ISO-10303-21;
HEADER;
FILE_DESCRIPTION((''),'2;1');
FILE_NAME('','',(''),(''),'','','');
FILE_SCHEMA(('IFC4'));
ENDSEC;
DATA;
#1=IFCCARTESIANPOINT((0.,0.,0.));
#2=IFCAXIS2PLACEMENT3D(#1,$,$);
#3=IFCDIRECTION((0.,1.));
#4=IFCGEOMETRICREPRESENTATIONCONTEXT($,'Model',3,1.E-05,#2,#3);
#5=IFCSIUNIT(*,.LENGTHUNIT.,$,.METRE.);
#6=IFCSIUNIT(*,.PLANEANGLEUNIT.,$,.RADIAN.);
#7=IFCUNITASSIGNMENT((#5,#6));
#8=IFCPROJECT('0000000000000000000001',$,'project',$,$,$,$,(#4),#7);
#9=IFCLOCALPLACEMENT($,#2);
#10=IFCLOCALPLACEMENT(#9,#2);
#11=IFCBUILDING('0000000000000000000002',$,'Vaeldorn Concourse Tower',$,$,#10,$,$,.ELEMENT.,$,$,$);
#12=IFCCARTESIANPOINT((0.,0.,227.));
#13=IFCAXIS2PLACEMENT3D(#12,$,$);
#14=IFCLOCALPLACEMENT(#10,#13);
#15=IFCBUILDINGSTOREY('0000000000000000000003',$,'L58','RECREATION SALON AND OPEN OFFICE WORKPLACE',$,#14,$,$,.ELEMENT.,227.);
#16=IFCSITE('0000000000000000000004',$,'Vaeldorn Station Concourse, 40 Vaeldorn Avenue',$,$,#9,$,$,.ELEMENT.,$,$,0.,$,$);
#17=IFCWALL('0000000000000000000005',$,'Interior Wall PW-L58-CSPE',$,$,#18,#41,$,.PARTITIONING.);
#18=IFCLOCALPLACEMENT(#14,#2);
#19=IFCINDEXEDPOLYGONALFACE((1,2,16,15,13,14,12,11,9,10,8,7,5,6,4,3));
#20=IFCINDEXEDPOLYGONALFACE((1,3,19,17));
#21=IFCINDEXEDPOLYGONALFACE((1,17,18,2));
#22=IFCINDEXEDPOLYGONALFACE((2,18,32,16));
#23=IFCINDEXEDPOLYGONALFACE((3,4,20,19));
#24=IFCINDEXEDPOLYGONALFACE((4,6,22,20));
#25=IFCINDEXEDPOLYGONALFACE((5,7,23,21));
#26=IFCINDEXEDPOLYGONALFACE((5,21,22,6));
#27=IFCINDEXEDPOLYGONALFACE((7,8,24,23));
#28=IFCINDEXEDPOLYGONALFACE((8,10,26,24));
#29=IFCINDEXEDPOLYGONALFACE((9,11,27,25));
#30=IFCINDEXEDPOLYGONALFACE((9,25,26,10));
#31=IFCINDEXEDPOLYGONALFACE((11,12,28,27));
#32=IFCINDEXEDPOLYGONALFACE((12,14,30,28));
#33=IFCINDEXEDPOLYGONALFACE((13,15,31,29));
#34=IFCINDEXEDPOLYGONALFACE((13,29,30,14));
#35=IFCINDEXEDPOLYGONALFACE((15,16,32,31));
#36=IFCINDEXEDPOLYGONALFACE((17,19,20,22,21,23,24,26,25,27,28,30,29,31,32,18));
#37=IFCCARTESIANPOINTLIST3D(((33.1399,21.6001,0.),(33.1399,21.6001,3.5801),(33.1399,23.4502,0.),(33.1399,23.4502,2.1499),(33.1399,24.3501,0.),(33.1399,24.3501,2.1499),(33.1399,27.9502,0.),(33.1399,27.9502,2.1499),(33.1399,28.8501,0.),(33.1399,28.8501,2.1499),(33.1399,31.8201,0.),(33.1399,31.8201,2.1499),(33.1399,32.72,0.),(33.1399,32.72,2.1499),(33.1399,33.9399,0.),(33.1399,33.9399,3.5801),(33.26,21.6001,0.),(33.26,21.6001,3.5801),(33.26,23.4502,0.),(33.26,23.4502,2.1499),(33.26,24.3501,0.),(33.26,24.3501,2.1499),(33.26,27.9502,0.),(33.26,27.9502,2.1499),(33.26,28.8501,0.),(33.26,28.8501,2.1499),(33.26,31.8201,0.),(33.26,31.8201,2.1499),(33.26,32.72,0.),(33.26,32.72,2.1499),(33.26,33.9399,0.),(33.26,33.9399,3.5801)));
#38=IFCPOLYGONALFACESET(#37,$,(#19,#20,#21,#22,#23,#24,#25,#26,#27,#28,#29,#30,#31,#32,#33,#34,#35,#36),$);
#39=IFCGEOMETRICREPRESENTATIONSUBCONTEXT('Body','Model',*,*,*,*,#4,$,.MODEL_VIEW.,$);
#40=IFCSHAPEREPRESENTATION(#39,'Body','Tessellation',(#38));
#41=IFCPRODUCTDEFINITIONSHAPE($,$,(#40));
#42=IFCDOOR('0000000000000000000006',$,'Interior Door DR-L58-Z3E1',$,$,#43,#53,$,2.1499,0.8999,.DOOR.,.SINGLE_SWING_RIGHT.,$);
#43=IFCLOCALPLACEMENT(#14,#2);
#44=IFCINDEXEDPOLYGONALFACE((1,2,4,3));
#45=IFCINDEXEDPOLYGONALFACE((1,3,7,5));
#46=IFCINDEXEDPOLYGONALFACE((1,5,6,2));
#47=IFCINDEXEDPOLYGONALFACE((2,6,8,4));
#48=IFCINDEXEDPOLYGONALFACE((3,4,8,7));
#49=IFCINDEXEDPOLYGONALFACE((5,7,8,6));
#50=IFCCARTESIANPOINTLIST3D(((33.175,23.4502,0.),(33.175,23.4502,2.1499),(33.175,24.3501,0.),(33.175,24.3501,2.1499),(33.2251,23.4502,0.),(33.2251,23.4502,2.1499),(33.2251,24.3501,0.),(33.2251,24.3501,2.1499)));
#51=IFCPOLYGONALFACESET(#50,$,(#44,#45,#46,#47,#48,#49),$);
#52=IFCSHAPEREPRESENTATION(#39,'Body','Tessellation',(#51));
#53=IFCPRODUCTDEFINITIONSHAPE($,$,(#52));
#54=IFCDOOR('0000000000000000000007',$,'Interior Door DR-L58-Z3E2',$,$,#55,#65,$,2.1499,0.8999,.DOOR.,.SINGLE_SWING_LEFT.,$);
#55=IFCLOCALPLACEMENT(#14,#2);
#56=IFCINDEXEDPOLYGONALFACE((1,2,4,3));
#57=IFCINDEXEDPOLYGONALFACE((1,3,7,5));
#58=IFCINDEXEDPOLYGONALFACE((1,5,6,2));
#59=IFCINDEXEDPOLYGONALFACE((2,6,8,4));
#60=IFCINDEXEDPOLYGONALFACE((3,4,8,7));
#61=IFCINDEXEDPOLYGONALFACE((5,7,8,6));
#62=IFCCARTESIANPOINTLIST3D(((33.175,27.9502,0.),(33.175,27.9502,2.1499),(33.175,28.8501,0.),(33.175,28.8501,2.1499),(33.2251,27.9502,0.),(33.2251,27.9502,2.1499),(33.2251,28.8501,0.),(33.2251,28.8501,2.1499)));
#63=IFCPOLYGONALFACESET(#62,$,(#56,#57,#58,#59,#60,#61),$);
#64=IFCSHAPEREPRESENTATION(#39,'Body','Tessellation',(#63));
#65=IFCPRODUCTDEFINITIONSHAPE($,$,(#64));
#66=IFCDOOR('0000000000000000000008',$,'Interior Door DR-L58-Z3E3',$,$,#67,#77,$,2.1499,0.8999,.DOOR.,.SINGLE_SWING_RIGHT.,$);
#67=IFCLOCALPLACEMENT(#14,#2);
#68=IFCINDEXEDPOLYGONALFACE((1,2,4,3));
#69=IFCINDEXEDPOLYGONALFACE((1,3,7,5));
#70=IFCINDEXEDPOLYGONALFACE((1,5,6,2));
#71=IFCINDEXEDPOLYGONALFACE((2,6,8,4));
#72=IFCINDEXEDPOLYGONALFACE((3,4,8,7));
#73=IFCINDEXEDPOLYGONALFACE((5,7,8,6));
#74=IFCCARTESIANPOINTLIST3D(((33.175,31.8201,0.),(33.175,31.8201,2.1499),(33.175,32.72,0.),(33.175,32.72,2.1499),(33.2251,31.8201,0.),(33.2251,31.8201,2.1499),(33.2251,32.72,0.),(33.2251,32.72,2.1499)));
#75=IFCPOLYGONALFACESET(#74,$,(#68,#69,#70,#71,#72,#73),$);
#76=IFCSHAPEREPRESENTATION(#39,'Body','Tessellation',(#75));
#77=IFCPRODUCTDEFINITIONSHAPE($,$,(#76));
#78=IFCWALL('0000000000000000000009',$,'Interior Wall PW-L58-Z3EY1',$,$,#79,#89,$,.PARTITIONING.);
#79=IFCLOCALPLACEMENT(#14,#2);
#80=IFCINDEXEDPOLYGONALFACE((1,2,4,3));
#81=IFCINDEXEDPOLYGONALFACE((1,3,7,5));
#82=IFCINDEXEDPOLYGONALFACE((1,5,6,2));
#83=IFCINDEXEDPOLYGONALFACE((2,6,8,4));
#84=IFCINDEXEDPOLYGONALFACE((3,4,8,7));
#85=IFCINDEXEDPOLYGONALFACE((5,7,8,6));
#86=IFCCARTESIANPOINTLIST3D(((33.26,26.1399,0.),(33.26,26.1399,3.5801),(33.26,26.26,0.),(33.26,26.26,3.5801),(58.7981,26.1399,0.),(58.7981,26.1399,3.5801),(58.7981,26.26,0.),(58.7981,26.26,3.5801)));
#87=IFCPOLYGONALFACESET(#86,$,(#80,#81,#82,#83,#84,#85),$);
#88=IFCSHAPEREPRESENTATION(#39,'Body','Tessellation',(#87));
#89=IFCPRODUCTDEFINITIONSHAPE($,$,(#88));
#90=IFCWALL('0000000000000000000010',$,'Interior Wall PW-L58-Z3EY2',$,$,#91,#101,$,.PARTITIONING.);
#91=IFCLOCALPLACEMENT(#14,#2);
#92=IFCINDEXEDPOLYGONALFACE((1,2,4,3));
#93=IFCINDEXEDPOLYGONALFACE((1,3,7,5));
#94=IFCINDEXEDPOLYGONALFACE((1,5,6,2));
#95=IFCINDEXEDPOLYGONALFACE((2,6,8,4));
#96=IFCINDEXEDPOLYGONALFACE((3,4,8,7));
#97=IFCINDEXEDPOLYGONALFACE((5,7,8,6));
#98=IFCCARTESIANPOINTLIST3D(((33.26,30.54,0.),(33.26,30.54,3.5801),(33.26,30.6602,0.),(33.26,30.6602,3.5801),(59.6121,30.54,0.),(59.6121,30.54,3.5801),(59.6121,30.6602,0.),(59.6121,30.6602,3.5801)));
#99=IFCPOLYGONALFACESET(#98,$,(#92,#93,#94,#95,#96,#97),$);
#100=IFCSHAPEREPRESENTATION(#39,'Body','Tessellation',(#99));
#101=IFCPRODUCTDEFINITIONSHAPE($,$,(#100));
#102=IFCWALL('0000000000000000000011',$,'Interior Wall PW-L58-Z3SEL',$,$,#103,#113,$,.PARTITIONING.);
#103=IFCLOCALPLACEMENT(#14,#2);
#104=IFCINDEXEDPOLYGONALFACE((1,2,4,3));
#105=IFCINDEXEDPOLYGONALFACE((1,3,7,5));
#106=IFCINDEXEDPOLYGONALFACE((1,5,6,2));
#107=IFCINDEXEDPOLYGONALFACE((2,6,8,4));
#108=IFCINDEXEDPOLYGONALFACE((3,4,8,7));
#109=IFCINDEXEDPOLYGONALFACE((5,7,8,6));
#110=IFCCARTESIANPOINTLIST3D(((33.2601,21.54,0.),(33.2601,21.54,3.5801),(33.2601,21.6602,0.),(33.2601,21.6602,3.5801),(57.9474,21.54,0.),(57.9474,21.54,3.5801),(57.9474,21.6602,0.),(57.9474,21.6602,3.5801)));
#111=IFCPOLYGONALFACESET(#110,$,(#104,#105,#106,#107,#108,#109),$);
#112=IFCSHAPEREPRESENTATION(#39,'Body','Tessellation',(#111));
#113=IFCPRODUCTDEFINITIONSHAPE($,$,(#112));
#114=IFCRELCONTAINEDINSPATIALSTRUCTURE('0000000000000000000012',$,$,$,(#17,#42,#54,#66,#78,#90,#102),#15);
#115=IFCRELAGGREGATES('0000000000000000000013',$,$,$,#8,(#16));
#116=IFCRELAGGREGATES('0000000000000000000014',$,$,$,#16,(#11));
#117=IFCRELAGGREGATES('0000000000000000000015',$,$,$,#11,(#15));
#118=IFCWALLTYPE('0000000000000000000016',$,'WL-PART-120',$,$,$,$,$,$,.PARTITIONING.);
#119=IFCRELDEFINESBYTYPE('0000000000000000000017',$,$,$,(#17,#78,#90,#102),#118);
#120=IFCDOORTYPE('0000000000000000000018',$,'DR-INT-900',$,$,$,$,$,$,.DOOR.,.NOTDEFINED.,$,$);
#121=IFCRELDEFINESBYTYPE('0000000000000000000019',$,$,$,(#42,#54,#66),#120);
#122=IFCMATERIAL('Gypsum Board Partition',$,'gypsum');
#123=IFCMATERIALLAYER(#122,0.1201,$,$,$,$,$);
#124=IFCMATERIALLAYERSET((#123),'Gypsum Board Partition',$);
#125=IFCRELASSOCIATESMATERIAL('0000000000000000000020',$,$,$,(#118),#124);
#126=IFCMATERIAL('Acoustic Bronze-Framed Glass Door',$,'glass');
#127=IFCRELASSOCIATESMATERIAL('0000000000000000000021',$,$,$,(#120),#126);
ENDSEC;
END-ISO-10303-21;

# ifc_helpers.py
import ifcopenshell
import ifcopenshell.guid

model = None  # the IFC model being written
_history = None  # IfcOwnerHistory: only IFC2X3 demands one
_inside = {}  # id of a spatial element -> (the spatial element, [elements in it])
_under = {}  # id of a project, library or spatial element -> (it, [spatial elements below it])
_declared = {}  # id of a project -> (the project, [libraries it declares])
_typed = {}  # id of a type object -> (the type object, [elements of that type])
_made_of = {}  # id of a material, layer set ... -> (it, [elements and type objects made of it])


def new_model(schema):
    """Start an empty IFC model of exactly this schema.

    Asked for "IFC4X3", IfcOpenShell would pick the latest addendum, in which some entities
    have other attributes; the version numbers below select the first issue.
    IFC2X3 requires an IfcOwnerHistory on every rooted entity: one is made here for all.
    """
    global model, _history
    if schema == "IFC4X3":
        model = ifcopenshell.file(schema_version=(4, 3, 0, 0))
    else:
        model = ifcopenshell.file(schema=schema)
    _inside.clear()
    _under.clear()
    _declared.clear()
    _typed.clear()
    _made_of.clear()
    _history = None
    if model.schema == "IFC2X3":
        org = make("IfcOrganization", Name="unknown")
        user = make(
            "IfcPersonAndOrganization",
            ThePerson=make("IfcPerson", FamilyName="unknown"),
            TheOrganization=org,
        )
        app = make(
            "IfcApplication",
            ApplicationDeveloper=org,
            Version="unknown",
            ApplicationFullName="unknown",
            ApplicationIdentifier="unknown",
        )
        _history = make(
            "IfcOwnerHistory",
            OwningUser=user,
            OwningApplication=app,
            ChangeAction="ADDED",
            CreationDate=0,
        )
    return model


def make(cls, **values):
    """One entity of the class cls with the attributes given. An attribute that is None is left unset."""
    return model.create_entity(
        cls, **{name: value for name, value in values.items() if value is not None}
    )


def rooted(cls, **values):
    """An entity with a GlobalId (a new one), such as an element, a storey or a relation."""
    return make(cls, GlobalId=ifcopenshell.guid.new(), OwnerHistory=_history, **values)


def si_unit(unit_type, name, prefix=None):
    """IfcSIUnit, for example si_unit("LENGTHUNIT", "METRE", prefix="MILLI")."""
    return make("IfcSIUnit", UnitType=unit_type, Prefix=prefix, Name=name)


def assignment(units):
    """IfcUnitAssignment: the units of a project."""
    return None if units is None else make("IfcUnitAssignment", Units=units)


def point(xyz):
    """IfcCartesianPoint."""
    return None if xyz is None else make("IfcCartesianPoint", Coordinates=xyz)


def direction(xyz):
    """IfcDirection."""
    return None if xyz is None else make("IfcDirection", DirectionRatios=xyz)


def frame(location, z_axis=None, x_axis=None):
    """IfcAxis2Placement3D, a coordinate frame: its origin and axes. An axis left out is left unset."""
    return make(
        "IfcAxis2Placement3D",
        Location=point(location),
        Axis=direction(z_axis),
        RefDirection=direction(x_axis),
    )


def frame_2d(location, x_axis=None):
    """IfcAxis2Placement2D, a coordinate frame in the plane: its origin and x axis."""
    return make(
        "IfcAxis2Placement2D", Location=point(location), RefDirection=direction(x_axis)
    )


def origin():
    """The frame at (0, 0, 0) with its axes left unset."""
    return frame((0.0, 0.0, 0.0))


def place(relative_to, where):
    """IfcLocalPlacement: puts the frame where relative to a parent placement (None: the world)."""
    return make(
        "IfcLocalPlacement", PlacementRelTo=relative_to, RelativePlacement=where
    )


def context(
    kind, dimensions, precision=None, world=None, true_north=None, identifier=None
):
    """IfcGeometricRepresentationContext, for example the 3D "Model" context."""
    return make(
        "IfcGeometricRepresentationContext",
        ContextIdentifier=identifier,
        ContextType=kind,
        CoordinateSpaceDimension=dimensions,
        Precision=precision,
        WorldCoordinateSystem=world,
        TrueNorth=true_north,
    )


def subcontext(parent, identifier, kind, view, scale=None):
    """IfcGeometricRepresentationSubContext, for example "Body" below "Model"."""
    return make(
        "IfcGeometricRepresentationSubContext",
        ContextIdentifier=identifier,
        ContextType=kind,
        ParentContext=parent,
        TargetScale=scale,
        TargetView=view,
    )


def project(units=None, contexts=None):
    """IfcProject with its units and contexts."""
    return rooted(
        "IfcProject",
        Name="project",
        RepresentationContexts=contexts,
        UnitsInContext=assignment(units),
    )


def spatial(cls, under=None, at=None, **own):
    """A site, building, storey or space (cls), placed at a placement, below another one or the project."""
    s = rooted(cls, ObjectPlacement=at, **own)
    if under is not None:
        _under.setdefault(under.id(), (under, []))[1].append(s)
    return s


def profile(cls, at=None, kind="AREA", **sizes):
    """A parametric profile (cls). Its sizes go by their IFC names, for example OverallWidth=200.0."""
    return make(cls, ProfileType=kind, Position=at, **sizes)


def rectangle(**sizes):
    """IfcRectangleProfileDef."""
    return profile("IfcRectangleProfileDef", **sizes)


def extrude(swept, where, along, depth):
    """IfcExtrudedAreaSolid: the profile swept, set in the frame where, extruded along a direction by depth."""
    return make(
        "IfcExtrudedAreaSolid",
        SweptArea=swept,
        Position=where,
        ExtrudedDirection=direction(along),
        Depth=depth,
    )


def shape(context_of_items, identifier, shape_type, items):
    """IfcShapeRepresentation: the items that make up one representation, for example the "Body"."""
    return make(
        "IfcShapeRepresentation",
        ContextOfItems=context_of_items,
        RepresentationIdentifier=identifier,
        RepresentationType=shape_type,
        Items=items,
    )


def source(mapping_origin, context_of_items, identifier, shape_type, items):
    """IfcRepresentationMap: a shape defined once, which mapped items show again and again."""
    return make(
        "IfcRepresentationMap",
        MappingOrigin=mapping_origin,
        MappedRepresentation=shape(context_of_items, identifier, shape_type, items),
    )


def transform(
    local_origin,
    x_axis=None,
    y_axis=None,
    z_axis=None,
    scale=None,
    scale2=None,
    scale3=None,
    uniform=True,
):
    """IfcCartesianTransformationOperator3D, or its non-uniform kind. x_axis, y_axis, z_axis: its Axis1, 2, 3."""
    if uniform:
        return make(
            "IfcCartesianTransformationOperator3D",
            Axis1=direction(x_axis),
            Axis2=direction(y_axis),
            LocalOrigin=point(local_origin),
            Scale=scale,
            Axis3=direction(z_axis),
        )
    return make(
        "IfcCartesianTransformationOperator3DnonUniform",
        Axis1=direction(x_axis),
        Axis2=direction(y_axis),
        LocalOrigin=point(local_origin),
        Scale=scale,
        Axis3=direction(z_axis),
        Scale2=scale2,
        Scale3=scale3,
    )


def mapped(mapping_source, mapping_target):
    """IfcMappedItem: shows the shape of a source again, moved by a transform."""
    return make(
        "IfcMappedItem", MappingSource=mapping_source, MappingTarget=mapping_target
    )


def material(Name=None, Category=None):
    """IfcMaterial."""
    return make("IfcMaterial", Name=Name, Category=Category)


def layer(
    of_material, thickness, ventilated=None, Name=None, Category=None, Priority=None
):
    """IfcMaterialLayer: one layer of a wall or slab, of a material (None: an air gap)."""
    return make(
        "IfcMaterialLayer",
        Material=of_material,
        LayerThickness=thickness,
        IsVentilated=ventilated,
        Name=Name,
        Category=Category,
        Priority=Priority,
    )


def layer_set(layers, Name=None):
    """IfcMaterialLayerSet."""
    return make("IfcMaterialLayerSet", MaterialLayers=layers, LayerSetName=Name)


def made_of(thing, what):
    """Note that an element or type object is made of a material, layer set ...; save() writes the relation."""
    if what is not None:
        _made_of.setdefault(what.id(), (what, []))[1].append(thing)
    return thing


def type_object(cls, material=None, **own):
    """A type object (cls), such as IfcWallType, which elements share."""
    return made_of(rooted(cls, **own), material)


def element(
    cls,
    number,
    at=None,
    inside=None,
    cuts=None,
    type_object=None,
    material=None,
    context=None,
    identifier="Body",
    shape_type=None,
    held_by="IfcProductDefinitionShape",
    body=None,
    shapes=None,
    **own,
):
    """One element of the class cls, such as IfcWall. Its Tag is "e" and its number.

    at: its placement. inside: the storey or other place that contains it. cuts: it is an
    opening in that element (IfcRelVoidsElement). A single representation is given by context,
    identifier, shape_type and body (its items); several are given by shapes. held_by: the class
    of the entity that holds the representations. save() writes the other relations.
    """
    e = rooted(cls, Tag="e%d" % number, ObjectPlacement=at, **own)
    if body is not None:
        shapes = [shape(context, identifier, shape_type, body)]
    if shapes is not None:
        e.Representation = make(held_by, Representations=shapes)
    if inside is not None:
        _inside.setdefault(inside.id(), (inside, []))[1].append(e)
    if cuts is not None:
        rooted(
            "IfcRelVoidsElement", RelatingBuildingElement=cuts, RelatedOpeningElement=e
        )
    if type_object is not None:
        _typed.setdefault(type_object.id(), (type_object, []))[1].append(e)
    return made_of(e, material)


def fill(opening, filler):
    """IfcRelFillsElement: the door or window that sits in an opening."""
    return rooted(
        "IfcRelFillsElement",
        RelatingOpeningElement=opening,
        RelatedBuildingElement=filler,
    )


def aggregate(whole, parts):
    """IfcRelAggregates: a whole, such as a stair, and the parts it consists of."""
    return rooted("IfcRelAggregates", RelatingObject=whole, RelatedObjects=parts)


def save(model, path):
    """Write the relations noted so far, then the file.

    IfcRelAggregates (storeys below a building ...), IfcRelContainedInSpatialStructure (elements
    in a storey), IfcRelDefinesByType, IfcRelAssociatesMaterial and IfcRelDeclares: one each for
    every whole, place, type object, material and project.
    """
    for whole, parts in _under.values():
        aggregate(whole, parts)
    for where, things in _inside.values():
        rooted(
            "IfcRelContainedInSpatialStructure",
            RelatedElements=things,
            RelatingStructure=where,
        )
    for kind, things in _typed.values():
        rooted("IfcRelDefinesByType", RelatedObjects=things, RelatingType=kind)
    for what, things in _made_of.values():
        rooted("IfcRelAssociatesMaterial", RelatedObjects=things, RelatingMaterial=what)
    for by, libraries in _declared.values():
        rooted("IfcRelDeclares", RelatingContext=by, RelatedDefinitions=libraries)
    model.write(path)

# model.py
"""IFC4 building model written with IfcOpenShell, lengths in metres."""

from ifc_helpers import new_model, si_unit, direction, frame, frame_2d, origin, place, context, subcontext, project, spatial, rectangle, extrude, source, transform, mapped, material, layer, layer_set, type_object, element, fill, save


model = new_model("IFC4")

# Units and contexts
model_context = context("Model", 3, precision=1e-05, world=origin(), true_north=direction((0.0, 1.0)))
body_context = subcontext(model_context, "Body", "Model", "MODEL_VIEW")
ifc_project = project(units=[si_unit("LENGTHUNIT", "METRE"), si_unit("PLANEANGLEUNIT", "RADIAN")], contexts=[model_context])

# Site, building, storey
site_placement = place(None, origin())
site = spatial("IfcSite", under=ifc_project, at=site_placement, Name="Vaeldorn Station Concourse, 40 Vaeldorn Avenue", CompositionType="ELEMENT", RefElevation=0.0)
building_placement = place(site_placement, origin())
building = spatial("IfcBuilding", under=site, at=building_placement, Name="Vaeldorn Concourse Tower", CompositionType="ELEMENT")
storey_placement = place(building_placement, frame((0.0, 0.0, 227.0)))
storey = spatial("IfcBuildingStorey", under=building, at=storey_placement, Name="L58", Description="RECREATION SALON AND OPEN OFFICE WORKPLACE", CompositionType="ELEMENT", Elevation=227.0)

# Shared definitions
ifc_material_1 = material(Name="Gypsum Board Partition", Category="gypsum")
ifc_layer = layer(ifc_material_1, 0.1201)
ifc_layer_set = layer_set([ifc_layer], Name="Gypsum Board Partition")
wall_type = type_object("IfcWallType", Name="WL-PART-120", PredefinedType="PARTITIONING", material=ifc_layer_set)

# Wall, openings, doors
ifc_material_2 = material(Name="Acoustic Bronze-Framed Glass Door", Category="glass")
door_type = type_object("IfcDoorType", Name="DR-INT-900", OperationType="NOTDEFINED", PredefinedType="DOOR", material=ifc_material_2)
shared_shape_1 = source(origin(), body_context, "Body", "SweptSolid", [
    extrude(rectangle(XDim=0.8999, YDim=2.1499, at=frame_2d((0.45, 1.075))), frame((0.0, 0.0249, 0.0), z_axis=(0.0, -1.0, 0.0), x_axis=(1.0, 0.0, 0.0)), (0.0, 0.0, 1.0), 0.05),
])
wall_1_placement = place(storey_placement, frame((33.2, 21.6001, 0.0), z_axis=(0.0, 0.0, 1.0), x_axis=(0.0, 1.0, 0.0)))
wall_1 = element("IfcWall", 1, at=wall_1_placement, inside=storey, type_object=wall_type, Name="Interior Wall PW-L58-CSPE", PredefinedType="PARTITIONING", context=body_context, shape_type="SweptSolid", body=[
    extrude(rectangle(XDim=12.3398, YDim=0.1201, at=frame_2d((6.1699, 0.0))), origin(), (0.0, 0.0, 1.0), 3.5801),
])
opening_1_placement = place(wall_1_placement, frame((1.8501, 0.0, 0.0)))
opening_1 = element("IfcOpeningElement", 2, at=opening_1_placement, cuts=wall_1, PredefinedType="OPENING", context=body_context, shape_type="SweptSolid", body=[
    extrude(rectangle(XDim=0.8999, YDim=2.1499, at=frame_2d((0.45, 1.075))), frame((0.0, 0.0701, 0.0), z_axis=(0.0, -1.0, 0.0), x_axis=(1.0, 0.0, 0.0)), (0.0, 0.0, 1.0), 0.1401),
])
opening_2_placement = place(wall_1_placement, frame((6.3501, 0.0, 0.0)))
opening_2 = element("IfcOpeningElement", 3, at=opening_2_placement, cuts=wall_1, PredefinedType="OPENING", context=body_context, shape_type="SweptSolid", body=[
    extrude(rectangle(XDim=0.8999, YDim=2.1499, at=frame_2d((0.45, 1.075))), frame((0.0, 0.0701, 0.0), z_axis=(0.0, -1.0, 0.0), x_axis=(1.0, 0.0, 0.0)), (0.0, 0.0, 1.0), 0.1401),
])
opening_3_placement = place(wall_1_placement, frame((10.22, 0.0, 0.0)))
opening_3 = element("IfcOpeningElement", 4, at=opening_3_placement, cuts=wall_1, PredefinedType="OPENING", context=body_context, shape_type="SweptSolid", body=[
    extrude(rectangle(XDim=0.8999, YDim=2.1499, at=frame_2d((0.45, 1.075))), frame((0.0, 0.0701, 0.0), z_axis=(0.0, -1.0, 0.0), x_axis=(1.0, 0.0, 0.0)), (0.0, 0.0, 1.0), 0.1401),
])
door_1_placement = place(opening_1_placement, origin())
door_1 = element("IfcDoor", 5, at=door_1_placement, inside=storey, type_object=door_type, Name="Interior Door DR-L58-Z3E1", OperationType="SINGLE_SWING_RIGHT", OverallHeight=2.1499, OverallWidth=0.8999, PredefinedType="DOOR", context=body_context, shape_type="MappedRepresentation", body=[
    mapped(shared_shape_1, transform((0.0, 0.0, 0.0), scale=1.0)),
])
fill(opening_1, door_1)
door_2_placement = place(opening_2_placement, origin())
door_2 = element("IfcDoor", 6, at=door_2_placement, inside=storey, type_object=door_type, Name="Interior Door DR-L58-Z3E2", OperationType="SINGLE_SWING_LEFT", OverallHeight=2.1499, OverallWidth=0.8999, PredefinedType="DOOR", context=body_context, shape_type="MappedRepresentation", body=[
    mapped(shared_shape_1, transform((0.0, 0.0, 0.0), scale=1.0)),
])
fill(opening_2, door_2)
door_3_placement = place(opening_3_placement, origin())
door_3 = element("IfcDoor", 7, at=door_3_placement, inside=storey, type_object=door_type, Name="Interior Door DR-L58-Z3E3", OperationType="SINGLE_SWING_RIGHT", OverallHeight=2.1499, OverallWidth=0.8999, PredefinedType="DOOR", context=body_context, shape_type="MappedRepresentation", body=[
    mapped(shared_shape_1, transform((0.0, 0.0, 0.0), scale=1.0)),
])
fill(opening_3, door_3)

# Walls
wall_2_placement = place(storey_placement, frame((33.26, 26.2, 0.0), z_axis=(0.0, 0.0, 1.0), x_axis=(1.0, 0.0, 0.0)))
element("IfcWall", 8, at=wall_2_placement, inside=storey, type_object=wall_type, Name="Interior Wall PW-L58-Z3EY1", PredefinedType="PARTITIONING", context=body_context, shape_type="SweptSolid", body=[
    extrude(rectangle(XDim=25.5381, YDim=0.1201, at=frame_2d((12.769, 0.0))), origin(), (0.0, 0.0, 1.0), 3.5801),
])
wall_3_placement = place(storey_placement, frame((33.26, 30.6001, 0.0), z_axis=(0.0, 0.0, 1.0), x_axis=(1.0, 0.0, 0.0)))
element("IfcWall", 9, at=wall_3_placement, inside=storey, type_object=wall_type, Name="Interior Wall PW-L58-Z3EY2", PredefinedType="PARTITIONING", context=body_context, shape_type="SweptSolid", body=[
    extrude(rectangle(XDim=26.3521, YDim=0.1201, at=frame_2d((13.176, 0.0))), origin(), (0.0, 0.0, 1.0), 3.5801),
])
wall_4_placement = place(storey_placement, frame((33.26, 21.6001, 0.0), z_axis=(0.0, 0.0, 1.0), x_axis=(1.0, 0.0, 0.0)))
element("IfcWall", 10, at=wall_4_placement, inside=storey, type_object=wall_type, Name="Interior Wall PW-L58-Z3SEL", PredefinedType="PARTITIONING", context=body_context, shape_type="SweptSolid", body=[
    extrude(rectangle(XDim=24.6873, YDim=0.1201, at=frame_2d((12.3438, 0.0))), origin(), (0.0, 0.0, 1.0), 3.5801),
])

save(model, "model.ifc")
